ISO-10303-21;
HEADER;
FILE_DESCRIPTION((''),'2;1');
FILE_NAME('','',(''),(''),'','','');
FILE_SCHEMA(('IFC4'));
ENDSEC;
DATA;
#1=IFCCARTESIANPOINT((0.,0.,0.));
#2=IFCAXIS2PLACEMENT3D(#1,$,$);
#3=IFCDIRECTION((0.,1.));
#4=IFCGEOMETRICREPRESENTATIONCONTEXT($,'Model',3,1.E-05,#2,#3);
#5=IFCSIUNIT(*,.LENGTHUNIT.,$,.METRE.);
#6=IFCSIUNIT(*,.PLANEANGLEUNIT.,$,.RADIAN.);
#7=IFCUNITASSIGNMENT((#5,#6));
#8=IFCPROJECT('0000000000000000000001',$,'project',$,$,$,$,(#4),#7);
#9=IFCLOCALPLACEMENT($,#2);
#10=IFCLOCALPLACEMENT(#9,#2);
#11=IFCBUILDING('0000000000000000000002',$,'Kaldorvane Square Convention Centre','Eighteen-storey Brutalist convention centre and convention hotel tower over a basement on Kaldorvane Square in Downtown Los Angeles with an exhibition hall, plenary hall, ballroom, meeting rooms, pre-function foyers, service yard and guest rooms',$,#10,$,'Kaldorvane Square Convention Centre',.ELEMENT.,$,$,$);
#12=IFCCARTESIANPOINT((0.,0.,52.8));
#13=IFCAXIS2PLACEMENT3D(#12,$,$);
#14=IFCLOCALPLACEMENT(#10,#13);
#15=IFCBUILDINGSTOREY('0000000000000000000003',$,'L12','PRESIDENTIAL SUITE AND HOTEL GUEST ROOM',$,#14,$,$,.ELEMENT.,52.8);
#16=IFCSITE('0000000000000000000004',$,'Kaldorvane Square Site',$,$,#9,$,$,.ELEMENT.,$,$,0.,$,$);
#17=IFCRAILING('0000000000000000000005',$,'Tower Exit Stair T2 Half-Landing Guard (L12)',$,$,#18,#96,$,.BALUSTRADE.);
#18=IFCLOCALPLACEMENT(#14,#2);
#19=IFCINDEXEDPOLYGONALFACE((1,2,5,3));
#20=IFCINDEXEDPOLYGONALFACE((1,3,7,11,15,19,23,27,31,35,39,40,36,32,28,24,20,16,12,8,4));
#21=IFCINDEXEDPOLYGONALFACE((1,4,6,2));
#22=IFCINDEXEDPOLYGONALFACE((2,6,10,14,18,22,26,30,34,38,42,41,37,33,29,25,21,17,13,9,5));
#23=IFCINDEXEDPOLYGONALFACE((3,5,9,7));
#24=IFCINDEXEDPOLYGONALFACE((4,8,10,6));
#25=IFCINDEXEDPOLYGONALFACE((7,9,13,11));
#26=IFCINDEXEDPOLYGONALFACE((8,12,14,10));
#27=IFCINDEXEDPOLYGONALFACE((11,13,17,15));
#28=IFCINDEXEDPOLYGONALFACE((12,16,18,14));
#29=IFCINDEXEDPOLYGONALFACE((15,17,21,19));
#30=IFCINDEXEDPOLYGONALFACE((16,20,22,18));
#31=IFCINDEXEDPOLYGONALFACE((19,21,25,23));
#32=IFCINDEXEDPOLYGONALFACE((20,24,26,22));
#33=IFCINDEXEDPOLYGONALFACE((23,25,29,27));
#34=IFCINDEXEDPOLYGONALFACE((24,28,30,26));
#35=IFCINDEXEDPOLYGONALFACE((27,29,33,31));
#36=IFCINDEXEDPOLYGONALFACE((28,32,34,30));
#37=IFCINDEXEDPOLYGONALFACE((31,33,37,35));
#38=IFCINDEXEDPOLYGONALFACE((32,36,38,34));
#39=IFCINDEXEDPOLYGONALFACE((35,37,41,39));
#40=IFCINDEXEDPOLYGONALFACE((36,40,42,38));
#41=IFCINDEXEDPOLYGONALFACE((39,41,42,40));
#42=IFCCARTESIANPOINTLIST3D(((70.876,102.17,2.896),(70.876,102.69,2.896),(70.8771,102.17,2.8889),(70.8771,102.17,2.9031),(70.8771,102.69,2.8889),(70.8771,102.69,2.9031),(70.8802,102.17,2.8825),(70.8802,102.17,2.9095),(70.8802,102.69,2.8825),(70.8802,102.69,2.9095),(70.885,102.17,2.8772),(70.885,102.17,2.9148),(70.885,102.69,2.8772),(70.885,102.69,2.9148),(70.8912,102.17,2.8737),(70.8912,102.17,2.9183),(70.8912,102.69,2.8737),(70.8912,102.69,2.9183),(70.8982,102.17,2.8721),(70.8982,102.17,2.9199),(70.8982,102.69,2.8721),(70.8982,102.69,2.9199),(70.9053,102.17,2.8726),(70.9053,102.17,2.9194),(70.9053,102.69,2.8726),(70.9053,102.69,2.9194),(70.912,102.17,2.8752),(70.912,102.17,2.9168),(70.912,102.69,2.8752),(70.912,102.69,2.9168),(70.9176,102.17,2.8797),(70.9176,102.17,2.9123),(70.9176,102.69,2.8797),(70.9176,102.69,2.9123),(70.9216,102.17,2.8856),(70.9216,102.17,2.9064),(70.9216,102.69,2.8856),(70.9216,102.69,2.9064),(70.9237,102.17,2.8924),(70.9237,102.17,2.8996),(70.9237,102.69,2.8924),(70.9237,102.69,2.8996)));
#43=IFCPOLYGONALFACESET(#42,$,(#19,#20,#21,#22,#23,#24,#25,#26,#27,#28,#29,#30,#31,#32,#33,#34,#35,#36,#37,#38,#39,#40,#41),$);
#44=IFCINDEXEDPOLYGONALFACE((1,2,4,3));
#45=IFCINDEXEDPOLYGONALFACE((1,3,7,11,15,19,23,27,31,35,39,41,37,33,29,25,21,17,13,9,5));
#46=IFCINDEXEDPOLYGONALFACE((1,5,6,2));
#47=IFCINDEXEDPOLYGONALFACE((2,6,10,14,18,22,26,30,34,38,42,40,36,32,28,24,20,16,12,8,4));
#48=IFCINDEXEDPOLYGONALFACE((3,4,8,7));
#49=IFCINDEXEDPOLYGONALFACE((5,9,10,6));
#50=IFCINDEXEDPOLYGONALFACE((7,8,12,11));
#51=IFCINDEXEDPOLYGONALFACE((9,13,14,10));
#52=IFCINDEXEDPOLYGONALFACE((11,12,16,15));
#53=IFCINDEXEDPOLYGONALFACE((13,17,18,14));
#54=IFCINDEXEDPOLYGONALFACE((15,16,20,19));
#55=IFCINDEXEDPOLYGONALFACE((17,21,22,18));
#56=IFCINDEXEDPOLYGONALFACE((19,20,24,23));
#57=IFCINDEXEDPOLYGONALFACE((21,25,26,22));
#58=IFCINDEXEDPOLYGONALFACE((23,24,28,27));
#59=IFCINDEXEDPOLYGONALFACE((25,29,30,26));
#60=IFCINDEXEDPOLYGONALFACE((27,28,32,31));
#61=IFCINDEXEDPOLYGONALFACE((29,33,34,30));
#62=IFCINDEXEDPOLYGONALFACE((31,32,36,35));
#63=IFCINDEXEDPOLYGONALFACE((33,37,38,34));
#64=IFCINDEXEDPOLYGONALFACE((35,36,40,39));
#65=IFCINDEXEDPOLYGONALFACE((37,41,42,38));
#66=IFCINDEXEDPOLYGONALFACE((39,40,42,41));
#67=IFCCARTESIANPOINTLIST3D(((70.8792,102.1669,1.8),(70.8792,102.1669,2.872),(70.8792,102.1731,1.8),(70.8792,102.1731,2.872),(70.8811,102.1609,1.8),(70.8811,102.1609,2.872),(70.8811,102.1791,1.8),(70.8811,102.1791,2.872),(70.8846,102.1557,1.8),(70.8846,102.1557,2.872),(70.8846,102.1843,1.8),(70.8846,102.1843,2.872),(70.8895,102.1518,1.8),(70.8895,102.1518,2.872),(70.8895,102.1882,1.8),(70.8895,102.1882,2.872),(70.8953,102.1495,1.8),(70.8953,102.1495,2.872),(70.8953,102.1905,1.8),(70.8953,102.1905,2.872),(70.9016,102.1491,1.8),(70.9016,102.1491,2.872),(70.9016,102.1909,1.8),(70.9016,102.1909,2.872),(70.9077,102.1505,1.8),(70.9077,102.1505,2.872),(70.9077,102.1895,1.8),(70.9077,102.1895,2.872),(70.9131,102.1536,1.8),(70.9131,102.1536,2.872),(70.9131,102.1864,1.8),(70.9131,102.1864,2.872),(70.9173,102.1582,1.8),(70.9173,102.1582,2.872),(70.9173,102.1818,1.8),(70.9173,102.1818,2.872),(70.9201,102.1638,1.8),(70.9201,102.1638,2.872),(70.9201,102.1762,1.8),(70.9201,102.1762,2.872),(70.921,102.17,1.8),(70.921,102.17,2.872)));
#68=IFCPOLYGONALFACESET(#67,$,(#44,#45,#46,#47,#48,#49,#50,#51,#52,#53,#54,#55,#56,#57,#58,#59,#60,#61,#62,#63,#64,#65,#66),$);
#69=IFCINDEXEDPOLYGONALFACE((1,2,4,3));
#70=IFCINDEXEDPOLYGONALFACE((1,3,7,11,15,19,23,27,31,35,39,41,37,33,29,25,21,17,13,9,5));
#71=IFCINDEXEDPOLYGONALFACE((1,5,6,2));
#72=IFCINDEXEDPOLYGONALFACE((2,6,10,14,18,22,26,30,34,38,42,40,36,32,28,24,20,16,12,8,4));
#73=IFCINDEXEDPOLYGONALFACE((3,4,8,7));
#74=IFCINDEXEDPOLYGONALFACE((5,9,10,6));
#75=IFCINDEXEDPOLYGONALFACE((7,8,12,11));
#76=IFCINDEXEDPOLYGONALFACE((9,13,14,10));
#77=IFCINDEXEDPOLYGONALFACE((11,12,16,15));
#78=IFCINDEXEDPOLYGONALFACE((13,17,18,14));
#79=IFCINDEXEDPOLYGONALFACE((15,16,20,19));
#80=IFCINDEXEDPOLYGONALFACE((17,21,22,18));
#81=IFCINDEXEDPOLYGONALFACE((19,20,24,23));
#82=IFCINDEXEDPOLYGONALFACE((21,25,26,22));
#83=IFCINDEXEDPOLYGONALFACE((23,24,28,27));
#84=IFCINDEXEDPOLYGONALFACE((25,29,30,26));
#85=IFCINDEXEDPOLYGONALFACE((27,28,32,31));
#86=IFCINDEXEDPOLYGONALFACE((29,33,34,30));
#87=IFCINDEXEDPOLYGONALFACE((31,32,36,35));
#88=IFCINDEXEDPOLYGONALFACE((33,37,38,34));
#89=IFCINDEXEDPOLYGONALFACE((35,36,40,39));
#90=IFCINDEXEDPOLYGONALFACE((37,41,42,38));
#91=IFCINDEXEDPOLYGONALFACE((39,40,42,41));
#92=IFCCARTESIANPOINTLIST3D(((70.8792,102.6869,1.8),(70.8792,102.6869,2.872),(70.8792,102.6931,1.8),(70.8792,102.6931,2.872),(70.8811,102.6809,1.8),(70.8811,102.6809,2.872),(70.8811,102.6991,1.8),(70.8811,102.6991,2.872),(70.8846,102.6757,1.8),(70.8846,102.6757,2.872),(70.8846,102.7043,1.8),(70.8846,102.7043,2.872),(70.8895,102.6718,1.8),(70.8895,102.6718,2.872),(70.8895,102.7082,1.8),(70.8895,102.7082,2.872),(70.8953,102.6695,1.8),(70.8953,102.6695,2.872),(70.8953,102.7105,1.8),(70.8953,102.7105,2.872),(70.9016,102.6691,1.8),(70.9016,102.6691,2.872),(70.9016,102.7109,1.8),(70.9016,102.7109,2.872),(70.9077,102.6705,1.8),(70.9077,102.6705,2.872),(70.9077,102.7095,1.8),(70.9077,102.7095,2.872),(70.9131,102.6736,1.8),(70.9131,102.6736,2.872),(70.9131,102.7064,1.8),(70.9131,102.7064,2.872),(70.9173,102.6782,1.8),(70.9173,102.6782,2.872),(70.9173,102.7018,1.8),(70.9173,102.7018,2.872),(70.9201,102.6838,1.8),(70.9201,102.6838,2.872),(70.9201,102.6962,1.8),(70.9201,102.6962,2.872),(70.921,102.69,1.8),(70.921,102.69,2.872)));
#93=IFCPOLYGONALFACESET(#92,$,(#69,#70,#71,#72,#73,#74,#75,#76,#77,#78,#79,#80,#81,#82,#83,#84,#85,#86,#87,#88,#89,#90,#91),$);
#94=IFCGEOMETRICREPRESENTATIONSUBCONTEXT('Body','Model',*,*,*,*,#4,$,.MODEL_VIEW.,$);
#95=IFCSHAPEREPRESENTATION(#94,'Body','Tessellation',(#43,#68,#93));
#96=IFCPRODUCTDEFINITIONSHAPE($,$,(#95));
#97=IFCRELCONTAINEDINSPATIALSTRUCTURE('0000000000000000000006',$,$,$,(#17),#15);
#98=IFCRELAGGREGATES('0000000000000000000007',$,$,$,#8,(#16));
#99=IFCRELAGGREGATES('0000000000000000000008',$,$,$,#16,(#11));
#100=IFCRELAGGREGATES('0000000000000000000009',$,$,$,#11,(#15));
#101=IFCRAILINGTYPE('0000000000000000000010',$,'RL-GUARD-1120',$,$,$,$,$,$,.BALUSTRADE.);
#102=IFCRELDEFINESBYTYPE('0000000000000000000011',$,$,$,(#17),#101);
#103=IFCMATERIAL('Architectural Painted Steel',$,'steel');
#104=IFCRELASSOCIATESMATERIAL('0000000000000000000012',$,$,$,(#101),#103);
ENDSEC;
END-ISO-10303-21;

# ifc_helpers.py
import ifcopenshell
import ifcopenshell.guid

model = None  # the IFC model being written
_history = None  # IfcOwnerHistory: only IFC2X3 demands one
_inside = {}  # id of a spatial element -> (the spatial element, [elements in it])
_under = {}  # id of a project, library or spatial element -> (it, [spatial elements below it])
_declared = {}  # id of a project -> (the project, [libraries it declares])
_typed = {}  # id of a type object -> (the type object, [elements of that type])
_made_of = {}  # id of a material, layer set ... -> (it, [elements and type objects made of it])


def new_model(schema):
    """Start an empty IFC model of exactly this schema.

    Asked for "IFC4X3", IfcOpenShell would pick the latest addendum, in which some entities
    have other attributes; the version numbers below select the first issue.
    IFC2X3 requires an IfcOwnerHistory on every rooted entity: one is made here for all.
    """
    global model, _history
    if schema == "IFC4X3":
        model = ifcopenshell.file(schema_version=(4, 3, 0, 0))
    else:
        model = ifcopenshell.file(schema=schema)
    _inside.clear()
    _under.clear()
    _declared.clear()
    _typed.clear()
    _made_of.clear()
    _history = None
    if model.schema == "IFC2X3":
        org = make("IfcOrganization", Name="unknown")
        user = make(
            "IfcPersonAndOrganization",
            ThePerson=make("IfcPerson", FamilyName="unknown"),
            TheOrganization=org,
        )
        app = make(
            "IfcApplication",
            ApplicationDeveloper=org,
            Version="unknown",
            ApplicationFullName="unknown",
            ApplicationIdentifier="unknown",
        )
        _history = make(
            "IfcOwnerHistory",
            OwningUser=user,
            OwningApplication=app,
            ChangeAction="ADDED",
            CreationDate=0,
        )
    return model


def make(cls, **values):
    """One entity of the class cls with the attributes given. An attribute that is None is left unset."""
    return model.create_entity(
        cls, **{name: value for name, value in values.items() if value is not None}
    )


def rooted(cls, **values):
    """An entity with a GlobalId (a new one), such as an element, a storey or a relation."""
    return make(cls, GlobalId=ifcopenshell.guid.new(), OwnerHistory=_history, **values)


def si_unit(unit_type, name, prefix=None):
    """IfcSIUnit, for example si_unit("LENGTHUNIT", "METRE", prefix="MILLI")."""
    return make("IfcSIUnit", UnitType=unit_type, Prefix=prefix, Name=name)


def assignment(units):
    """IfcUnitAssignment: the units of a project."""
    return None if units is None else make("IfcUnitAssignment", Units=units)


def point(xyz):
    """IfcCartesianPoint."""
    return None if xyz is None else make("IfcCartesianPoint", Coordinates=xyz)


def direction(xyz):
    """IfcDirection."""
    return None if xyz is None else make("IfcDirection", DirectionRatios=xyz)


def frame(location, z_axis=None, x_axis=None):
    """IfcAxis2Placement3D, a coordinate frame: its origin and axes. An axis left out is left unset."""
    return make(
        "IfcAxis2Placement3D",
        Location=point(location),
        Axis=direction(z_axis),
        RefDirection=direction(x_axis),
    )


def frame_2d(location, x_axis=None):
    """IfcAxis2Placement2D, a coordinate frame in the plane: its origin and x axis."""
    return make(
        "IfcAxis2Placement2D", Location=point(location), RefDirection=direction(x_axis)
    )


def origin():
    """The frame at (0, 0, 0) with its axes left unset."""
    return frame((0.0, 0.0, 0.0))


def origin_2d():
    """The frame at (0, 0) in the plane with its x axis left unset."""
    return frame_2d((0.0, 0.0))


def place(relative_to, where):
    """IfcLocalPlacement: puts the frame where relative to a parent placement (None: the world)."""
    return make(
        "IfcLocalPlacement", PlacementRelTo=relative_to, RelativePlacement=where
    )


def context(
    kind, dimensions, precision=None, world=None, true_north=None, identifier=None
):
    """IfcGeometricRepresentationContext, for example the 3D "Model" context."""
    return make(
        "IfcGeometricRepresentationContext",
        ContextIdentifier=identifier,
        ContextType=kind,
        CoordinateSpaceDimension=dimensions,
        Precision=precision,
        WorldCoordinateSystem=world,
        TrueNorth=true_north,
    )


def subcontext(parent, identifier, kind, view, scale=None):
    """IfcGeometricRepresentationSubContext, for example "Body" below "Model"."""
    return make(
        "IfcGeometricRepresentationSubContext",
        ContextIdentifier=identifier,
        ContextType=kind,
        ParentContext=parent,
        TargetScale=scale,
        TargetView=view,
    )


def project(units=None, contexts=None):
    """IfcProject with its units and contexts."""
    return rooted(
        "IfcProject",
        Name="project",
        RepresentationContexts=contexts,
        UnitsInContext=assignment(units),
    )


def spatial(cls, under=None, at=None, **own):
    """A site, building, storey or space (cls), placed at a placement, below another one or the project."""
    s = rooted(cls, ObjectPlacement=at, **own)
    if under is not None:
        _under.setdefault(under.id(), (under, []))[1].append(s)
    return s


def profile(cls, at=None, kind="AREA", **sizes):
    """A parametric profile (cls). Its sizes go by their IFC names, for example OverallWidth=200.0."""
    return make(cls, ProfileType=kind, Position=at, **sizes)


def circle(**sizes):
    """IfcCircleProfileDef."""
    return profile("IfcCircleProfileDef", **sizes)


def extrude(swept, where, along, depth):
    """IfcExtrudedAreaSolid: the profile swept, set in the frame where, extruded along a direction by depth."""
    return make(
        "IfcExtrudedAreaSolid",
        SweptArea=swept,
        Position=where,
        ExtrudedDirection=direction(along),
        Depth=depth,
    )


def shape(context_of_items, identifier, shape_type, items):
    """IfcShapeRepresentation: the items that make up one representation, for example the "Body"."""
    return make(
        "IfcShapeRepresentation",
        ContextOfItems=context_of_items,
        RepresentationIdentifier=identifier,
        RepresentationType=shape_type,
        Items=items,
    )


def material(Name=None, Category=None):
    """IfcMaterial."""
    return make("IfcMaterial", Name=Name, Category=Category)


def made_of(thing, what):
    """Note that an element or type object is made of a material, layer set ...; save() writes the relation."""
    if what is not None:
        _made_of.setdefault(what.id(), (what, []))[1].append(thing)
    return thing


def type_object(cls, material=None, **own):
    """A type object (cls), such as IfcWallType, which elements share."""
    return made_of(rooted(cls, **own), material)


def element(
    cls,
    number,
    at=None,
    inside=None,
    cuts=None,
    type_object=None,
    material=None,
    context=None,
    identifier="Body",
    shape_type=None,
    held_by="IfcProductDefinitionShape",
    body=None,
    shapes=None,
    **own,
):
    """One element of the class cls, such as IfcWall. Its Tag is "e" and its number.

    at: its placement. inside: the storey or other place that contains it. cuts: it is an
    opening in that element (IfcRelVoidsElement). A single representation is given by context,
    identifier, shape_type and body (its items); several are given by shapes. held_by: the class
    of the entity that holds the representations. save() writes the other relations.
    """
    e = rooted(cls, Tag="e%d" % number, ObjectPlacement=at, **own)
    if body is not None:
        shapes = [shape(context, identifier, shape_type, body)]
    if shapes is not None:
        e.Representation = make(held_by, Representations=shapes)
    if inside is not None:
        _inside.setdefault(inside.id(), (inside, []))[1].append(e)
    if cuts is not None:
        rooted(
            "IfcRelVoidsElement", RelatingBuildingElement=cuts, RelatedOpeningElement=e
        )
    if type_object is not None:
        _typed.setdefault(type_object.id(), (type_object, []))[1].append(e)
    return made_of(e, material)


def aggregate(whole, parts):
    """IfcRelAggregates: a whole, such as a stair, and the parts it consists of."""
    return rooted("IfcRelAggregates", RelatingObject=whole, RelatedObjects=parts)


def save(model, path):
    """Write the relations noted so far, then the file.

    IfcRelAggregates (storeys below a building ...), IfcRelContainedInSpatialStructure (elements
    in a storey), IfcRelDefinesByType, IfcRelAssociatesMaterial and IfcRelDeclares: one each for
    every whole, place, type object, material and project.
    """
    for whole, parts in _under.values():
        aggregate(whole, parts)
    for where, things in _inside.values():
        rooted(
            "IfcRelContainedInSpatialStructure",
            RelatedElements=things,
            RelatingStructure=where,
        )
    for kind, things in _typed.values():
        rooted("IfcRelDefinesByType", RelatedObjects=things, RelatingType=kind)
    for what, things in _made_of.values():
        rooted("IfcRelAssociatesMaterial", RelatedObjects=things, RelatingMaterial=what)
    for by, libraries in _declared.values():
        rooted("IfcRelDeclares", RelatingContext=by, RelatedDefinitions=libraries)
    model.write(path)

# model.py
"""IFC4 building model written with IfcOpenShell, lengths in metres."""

from ifc_helpers import new_model, si_unit, direction, frame, origin, origin_2d, place, context, subcontext, project, spatial, circle, extrude, material, type_object, element, save


model = new_model("IFC4")

# Units and contexts
model_context = context("Model", 3, precision=1e-05, world=origin(), true_north=direction((0.0, 1.0)))
body_context = subcontext(model_context, "Body", "Model", "MODEL_VIEW")
ifc_project = project(units=[si_unit("LENGTHUNIT", "METRE"), si_unit("PLANEANGLEUNIT", "RADIAN")], contexts=[model_context])

# Site, building, storey
site_placement = place(None, origin())
site = spatial("IfcSite", under=ifc_project, at=site_placement, Name="Kaldorvane Square Site", CompositionType="ELEMENT", RefElevation=0.0)
building_placement = place(site_placement, origin())
building = spatial("IfcBuilding", under=site, at=building_placement, Name="Kaldorvane Square Convention Centre", Description="Eighteen-storey Brutalist convention centre and convention hotel tower over a basement on Kaldorvane Square in Downtown Los Angeles with an exhibition hall, plenary hall, ballroom, meeting rooms, pre-function foyers, service yard and guest rooms", LongName="Kaldorvane Square Convention Centre", CompositionType="ELEMENT")
storey_placement = place(building_placement, frame((0.0, 0.0, 52.8)))
storey = spatial("IfcBuildingStorey", under=building, at=storey_placement, Name="L12", Description="PRESIDENTIAL SUITE AND HOTEL GUEST ROOM", CompositionType="ELEMENT", Elevation=52.8)

# Railing
ifc_material_1 = material(Name="Architectural Painted Steel", Category="steel")
railing_type_1 = type_object("IfcRailingType", Name="RL-GUARD-1120", PredefinedType="BALUSTRADE", material=ifc_material_1)
for number, where, name in (
    (1, (70.9, 102.17, 1.8), "Tower Exit Stair T2 Half-Landing Guard (L12)"),
):
    element("IfcRailing", number, at=place(storey_placement, frame(where)), inside=storey, type_object=railing_type_1, Name=name, PredefinedType="BALUSTRADE", context=body_context, shape_type="SweptSolid", body=[
        extrude(circle(Radius=0.024, at=origin_2d()), frame((0.0, 0.0, 1.096), z_axis=(0.0, 1.0, 0.0), x_axis=(-1.0, 0.0, 0.0)), (0.0, 0.0, 1.0), 0.52),
        extrude(circle(Radius=0.021, at=origin_2d()), origin(), (0.0, 0.0, 1.0), 1.072),
        extrude(circle(Radius=0.021, at=origin_2d()), frame((0.0, 0.52, 0.0)), (0.0, 0.0, 1.0), 1.072),
    ])

save(model, "model.ifc")
